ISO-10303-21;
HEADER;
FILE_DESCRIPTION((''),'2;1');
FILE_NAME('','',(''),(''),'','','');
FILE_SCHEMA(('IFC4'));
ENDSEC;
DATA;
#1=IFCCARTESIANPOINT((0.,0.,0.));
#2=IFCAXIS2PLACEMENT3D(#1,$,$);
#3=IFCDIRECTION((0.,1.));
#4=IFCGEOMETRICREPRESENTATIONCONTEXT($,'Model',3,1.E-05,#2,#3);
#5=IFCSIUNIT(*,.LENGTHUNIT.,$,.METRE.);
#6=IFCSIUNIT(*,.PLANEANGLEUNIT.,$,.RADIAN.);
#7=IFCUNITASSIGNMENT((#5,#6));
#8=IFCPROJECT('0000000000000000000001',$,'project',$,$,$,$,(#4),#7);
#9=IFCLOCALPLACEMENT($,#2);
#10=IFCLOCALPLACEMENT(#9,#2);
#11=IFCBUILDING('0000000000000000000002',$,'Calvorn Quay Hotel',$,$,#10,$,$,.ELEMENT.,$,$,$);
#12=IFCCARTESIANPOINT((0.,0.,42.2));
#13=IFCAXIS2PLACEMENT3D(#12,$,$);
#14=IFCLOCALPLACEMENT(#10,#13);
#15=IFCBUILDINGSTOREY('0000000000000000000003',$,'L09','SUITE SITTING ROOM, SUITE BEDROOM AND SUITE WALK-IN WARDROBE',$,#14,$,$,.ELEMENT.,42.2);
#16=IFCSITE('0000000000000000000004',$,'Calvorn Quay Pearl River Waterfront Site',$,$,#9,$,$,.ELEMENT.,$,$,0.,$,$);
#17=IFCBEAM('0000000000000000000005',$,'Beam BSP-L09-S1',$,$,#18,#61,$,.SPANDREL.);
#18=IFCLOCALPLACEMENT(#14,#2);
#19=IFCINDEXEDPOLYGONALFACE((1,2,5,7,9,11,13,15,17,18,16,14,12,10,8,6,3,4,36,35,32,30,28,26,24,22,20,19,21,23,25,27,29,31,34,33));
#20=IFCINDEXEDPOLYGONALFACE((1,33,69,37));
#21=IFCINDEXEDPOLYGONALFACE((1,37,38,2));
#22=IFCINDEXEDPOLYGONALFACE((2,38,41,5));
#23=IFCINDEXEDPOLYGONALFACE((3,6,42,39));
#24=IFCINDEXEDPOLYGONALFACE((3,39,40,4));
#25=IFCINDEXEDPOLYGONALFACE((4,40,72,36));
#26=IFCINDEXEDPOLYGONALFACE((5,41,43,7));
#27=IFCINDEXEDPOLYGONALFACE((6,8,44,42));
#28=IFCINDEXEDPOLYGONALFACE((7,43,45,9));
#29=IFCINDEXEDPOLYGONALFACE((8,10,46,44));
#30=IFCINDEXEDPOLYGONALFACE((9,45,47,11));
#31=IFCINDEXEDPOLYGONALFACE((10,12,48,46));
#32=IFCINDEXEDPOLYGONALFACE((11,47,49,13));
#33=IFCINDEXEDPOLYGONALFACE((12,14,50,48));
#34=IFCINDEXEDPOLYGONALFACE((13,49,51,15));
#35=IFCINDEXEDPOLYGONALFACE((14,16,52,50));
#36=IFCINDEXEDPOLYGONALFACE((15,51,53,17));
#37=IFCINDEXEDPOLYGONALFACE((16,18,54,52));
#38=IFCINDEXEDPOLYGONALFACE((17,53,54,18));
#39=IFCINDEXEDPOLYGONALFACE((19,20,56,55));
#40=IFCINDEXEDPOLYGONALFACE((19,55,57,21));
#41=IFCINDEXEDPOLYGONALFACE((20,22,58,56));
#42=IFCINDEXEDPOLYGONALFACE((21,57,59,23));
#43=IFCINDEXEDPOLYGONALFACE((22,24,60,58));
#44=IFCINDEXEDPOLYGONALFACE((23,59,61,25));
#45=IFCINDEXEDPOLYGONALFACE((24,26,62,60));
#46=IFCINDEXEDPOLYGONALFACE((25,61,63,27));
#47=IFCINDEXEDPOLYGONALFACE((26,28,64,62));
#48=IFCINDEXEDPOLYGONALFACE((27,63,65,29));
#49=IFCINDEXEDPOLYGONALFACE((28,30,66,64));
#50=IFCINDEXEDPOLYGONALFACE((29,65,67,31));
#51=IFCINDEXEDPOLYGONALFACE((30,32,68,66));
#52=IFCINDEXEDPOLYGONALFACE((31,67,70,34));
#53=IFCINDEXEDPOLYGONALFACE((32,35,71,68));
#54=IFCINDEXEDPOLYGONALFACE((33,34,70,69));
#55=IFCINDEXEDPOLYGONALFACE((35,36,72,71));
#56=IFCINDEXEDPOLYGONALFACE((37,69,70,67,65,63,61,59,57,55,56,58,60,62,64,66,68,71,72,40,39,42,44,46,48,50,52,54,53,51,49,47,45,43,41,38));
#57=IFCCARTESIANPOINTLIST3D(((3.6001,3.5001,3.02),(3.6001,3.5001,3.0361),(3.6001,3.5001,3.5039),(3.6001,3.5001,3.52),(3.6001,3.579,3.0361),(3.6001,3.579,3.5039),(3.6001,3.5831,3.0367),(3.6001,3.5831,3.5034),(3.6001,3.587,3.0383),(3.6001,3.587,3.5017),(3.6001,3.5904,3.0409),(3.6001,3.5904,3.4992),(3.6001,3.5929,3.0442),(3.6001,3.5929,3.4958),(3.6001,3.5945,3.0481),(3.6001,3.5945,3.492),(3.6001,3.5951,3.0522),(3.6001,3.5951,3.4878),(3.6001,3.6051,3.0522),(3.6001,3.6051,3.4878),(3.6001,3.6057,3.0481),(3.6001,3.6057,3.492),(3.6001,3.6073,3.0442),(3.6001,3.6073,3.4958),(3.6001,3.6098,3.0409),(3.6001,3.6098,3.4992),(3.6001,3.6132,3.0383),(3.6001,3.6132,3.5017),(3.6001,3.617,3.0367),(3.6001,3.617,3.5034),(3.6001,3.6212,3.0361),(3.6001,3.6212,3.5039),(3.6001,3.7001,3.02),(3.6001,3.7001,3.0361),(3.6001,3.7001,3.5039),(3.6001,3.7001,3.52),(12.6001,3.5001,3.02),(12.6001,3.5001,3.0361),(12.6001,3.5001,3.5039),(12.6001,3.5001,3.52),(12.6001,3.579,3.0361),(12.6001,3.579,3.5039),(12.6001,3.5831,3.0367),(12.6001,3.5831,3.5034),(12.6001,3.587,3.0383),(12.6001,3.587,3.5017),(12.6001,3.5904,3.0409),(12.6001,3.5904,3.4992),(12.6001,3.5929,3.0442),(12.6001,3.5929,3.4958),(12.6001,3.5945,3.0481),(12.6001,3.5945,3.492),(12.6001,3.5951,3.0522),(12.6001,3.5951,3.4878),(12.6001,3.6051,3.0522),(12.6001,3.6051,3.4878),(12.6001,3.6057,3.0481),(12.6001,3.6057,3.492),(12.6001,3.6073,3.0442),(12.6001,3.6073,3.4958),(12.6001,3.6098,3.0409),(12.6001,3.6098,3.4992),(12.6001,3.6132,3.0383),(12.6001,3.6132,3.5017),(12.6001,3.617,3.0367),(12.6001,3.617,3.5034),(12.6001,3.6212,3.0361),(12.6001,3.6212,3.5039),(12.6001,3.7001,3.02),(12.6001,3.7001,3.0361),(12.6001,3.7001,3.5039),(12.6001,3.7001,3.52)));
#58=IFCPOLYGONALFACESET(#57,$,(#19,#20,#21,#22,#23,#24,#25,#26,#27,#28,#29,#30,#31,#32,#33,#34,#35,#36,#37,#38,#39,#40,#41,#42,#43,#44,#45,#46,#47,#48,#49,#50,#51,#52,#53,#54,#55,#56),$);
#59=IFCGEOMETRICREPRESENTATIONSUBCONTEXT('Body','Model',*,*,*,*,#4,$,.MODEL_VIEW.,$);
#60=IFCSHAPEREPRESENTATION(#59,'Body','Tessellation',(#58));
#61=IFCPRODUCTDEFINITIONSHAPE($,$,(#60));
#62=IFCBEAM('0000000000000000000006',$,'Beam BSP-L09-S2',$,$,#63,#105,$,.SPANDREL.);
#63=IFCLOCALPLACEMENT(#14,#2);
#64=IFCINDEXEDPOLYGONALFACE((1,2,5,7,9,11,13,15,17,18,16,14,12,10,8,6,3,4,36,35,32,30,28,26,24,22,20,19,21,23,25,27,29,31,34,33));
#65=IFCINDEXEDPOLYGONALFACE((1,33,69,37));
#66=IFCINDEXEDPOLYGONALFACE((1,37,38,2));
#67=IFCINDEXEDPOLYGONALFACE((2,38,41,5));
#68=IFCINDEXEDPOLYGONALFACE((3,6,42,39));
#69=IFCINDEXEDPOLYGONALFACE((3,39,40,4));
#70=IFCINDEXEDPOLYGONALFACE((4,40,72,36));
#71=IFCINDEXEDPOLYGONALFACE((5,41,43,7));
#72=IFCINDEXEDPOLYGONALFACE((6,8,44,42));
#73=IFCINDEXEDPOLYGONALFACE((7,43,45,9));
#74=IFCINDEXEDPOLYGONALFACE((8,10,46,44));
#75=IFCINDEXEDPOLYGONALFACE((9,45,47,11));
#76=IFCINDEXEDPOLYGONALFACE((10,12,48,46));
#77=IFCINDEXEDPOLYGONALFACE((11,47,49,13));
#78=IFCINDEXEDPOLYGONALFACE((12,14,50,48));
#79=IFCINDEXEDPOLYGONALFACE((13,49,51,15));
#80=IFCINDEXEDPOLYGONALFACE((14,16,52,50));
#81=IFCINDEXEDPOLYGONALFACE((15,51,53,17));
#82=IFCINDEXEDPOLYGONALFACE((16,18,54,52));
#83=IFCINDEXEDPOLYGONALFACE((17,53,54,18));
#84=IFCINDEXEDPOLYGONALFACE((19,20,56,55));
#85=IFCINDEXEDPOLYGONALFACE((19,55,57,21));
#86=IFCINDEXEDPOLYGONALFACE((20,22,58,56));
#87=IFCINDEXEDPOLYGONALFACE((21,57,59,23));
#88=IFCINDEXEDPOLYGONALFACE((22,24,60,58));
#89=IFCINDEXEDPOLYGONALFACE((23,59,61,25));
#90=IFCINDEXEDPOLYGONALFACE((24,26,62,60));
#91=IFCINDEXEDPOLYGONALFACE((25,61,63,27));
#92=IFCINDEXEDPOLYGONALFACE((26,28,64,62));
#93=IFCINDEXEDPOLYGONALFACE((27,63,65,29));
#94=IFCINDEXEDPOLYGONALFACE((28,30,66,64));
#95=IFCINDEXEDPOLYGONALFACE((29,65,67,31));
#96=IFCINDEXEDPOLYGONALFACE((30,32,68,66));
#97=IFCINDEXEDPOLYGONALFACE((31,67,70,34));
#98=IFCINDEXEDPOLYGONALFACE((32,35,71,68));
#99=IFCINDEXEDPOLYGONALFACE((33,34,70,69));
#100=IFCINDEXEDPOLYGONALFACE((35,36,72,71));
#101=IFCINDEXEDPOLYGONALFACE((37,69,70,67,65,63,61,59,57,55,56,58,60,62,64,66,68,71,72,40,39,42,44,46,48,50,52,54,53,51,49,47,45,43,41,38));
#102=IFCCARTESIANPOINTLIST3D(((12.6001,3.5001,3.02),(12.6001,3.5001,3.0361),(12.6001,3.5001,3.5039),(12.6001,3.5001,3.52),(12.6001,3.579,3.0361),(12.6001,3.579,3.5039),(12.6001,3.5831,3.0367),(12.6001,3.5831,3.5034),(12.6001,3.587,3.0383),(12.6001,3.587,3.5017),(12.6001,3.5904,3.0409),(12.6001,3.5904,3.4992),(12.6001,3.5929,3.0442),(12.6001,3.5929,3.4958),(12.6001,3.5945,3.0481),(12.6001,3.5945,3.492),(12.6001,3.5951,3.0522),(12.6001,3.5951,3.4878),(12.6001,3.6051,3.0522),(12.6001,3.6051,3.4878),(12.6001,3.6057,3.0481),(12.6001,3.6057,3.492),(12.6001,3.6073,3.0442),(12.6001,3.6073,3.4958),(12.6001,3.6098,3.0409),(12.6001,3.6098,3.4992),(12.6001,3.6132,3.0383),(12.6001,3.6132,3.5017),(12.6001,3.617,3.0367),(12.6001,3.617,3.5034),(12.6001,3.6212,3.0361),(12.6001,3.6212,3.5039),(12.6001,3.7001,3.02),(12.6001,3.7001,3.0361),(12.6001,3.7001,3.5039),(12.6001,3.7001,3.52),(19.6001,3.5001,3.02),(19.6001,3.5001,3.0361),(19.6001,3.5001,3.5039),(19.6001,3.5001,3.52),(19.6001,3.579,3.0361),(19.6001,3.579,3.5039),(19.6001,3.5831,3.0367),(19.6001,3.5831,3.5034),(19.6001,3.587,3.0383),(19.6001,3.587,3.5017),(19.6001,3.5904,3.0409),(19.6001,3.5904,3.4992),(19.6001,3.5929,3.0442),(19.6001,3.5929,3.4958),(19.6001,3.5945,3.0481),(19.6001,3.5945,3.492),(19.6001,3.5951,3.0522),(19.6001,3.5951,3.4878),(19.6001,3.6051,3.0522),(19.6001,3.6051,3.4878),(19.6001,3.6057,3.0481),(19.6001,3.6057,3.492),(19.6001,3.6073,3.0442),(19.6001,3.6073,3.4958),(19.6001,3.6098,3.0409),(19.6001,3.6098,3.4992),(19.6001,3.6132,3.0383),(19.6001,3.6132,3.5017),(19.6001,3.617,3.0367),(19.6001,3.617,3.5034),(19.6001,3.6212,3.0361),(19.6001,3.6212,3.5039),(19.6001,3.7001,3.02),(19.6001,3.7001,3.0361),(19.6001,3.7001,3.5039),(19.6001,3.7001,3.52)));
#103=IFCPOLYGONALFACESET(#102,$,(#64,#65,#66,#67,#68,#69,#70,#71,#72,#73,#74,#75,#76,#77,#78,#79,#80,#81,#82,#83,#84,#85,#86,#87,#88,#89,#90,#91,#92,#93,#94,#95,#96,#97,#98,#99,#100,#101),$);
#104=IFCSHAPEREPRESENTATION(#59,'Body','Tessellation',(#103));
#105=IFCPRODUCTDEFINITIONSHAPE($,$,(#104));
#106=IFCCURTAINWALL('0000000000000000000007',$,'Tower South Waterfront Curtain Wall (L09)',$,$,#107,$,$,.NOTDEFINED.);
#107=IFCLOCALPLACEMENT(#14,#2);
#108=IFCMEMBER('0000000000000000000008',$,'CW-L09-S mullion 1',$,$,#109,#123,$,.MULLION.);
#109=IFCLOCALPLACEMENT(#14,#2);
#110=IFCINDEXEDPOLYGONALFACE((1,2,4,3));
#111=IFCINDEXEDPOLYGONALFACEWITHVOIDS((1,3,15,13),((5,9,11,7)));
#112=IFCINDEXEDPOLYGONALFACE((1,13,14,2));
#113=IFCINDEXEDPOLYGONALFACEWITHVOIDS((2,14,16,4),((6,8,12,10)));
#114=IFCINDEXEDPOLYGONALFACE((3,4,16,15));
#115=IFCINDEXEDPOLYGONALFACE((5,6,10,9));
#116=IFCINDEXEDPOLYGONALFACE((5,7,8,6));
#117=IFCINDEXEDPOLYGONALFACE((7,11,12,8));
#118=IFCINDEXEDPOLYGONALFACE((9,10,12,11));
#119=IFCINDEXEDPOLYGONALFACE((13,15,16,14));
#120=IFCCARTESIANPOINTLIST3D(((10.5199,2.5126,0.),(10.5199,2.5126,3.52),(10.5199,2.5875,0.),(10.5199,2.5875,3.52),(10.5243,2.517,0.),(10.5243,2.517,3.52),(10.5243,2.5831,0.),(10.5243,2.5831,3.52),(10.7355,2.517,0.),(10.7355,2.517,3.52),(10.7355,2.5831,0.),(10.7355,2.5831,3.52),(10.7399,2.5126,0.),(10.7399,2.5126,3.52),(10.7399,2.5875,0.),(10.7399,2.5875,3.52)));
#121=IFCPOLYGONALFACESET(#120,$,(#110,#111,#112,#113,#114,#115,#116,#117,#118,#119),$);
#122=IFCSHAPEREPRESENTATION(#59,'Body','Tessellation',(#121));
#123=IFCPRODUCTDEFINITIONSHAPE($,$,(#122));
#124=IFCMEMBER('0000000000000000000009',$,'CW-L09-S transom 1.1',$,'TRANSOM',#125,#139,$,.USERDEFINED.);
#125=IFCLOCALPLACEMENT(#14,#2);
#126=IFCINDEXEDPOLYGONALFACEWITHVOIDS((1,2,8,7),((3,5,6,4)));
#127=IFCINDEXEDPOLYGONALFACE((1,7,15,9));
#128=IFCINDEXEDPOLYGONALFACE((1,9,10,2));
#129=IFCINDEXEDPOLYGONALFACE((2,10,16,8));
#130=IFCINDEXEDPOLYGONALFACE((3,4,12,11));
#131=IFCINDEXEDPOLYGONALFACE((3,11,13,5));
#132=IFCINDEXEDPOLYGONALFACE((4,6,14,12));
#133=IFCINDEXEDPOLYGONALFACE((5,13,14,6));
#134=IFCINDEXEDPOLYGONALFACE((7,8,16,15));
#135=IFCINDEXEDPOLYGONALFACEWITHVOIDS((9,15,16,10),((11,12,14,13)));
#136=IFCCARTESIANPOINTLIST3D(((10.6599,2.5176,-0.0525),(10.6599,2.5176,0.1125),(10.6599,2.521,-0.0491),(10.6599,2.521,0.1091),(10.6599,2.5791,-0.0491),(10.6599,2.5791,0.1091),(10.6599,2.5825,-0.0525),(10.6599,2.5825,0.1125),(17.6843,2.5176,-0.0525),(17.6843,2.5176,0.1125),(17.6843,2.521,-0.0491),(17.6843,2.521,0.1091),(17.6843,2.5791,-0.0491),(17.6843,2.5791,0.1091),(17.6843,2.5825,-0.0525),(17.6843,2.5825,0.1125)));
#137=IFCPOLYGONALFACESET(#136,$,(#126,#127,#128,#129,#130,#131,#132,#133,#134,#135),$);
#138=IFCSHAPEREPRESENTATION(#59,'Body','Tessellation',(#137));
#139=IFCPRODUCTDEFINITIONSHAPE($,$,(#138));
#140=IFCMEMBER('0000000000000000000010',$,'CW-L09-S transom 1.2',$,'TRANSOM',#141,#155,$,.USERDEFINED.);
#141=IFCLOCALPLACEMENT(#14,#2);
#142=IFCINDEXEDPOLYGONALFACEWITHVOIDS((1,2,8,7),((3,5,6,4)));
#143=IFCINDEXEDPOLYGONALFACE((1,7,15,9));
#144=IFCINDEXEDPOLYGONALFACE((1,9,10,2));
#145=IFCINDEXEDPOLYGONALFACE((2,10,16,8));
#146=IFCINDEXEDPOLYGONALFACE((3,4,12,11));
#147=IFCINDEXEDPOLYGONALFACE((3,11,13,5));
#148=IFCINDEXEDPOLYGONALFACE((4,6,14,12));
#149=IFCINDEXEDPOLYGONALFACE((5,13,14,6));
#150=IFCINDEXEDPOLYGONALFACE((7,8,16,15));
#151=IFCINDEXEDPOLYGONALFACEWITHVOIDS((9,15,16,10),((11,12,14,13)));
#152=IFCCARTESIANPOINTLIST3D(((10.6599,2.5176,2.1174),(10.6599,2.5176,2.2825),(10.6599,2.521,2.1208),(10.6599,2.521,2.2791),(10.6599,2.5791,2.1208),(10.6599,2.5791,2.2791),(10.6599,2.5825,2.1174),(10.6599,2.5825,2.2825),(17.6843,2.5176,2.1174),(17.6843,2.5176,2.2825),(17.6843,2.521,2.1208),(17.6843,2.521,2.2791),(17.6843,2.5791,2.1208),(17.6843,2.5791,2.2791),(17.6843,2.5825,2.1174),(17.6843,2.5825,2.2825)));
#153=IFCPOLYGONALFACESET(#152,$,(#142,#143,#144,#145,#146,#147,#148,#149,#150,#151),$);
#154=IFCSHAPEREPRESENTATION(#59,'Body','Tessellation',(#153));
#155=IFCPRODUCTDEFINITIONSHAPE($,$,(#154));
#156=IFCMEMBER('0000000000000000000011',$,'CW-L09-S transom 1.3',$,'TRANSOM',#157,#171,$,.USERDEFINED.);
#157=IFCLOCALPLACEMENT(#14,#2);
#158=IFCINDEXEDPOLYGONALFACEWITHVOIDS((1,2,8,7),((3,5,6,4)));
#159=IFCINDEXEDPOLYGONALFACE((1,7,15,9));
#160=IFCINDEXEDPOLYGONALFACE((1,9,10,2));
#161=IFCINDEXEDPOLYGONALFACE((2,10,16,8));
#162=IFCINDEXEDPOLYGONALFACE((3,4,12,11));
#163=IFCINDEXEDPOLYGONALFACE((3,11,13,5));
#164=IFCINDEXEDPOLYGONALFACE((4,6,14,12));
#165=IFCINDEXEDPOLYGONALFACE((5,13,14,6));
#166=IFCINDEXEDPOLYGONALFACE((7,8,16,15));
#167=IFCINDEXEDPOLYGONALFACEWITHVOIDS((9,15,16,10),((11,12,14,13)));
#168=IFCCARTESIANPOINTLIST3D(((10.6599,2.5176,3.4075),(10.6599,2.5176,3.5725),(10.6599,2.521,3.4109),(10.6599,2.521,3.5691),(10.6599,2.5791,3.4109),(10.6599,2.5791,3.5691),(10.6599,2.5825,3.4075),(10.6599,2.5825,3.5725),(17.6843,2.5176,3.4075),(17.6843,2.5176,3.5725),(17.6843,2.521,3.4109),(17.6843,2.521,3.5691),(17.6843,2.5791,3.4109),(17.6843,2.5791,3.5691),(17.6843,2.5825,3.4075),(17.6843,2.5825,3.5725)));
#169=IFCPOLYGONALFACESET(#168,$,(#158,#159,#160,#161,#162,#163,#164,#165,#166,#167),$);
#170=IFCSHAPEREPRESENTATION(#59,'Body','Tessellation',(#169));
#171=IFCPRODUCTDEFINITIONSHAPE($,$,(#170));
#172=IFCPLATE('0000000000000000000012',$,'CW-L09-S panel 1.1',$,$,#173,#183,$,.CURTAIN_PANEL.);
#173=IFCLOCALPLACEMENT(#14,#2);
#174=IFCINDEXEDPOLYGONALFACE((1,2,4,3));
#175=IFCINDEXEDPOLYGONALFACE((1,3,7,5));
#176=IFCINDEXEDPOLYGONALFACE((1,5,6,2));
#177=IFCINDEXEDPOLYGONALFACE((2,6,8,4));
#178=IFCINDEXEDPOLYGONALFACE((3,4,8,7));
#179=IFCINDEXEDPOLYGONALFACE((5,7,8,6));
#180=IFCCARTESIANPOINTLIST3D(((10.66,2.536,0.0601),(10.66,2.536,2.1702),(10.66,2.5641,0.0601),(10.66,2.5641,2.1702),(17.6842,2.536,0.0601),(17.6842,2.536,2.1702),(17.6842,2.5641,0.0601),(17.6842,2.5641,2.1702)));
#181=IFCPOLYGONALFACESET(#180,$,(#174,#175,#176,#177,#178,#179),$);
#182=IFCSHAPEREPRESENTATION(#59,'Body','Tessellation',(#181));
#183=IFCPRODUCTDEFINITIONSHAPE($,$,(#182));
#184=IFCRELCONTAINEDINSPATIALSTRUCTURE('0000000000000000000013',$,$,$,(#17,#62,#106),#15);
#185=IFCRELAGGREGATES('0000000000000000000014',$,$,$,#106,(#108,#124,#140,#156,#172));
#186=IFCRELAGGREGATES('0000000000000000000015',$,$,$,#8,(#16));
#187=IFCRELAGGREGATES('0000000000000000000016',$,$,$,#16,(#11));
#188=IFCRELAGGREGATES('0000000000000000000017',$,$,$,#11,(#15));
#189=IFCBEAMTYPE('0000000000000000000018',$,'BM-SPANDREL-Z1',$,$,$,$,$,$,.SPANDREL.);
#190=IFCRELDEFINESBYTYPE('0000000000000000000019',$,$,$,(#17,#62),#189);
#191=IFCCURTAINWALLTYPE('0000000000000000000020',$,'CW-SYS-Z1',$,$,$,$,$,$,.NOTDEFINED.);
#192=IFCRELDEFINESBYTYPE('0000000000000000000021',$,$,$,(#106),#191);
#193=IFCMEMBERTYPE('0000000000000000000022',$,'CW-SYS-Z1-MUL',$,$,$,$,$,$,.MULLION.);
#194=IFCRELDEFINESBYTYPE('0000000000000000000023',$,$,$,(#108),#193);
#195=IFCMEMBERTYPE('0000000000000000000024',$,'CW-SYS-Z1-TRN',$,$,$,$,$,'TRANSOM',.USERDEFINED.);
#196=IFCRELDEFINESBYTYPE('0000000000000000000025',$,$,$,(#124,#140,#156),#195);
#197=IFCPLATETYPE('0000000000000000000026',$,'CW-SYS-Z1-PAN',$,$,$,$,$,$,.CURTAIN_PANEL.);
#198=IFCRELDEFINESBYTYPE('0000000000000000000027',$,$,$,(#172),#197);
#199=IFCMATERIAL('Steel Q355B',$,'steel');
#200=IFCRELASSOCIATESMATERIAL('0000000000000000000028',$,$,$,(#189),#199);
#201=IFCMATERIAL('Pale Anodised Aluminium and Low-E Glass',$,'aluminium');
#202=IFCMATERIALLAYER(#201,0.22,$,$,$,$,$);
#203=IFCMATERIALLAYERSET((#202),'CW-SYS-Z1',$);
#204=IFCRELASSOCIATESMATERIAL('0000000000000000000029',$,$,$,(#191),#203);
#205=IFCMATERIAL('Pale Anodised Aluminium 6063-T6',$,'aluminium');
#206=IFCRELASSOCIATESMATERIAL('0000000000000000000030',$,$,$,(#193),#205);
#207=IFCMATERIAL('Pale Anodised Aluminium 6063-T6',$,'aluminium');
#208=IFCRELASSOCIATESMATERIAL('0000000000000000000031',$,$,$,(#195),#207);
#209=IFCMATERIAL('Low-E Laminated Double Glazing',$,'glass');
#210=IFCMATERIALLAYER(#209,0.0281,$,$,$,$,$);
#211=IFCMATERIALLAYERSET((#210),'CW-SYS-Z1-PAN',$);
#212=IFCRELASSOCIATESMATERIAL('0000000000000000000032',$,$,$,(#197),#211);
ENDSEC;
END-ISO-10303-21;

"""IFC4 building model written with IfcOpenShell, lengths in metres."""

from ifc_helpers import new_model, si_unit, direction, frame, origin, origin_2d, place, context, subcontext, project, spatial, rectangle, hollow_rectangle, i_section, extrude, material, layer, layer_set, material_profile, profile_set, type_object, element, aggregate, save


model = new_model("IFC4")

# Units and contexts
model_context = context("Model", 3, precision=1e-05, world=origin(), true_north=direction((0.0, 1.0)))
body_context = subcontext(model_context, "Body", "Model", "MODEL_VIEW")
ifc_project = project(units=[si_unit("LENGTHUNIT", "METRE"), si_unit("PLANEANGLEUNIT", "RADIAN")], contexts=[model_context])

# Site, building, storey
site_placement = place(None, origin())
site = spatial("IfcSite", under=ifc_project, at=site_placement, Name="Calvorn Quay Pearl River Waterfront Site", CompositionType="ELEMENT", RefElevation=0.0)
building_placement = place(site_placement, origin())
building = spatial("IfcBuilding", under=site, at=building_placement, Name="Calvorn Quay Hotel", CompositionType="ELEMENT")
storey_placement = place(building_placement, frame((0.0, 0.0, 42.2)))
storey = spatial("IfcBuildingStorey", under=building, at=storey_placement, Name="L09", Description="SUITE SITTING ROOM, SUITE BEDROOM AND SUITE WALK-IN WARDROBE", CompositionType="ELEMENT", Elevation=42.2)

# Beams
ifc_material_1 = material(Name="Steel Q355B", Category="steel")
ifc_material_profile_1 = material_profile(ifc_material_1, i_section(OverallWidth=0.2, OverallDepth=0.5, WebThickness=0.01, FlangeThickness=0.0161, FilletRadius=0.0161, at=origin_2d()), Name="HN500x200x10x16")
ifc_profile_set_1 = profile_set([ifc_material_profile_1], Name="Steel Q355B")
beam_type_1 = type_object("IfcBeamType", Name="BM-SPANDREL-Z1", PredefinedType="SPANDREL", material=ifc_profile_set_1)
beam_1_placement = place(storey_placement, frame((3.6001, 3.6001, 3.27), z_axis=(1.0, 0.0, 0.0), x_axis=(0.0, 1.0, 0.0)))
element("IfcBeam", 1, at=beam_1_placement, inside=storey, type_object=beam_type_1, Name="Beam BSP-L09-S1", PredefinedType="SPANDREL", context=body_context, shape_type="SweptSolid", body=[
    extrude(i_section(OverallWidth=0.2, OverallDepth=0.5, WebThickness=0.01, FlangeThickness=0.0161, FilletRadius=0.0161, at=origin_2d()), origin(), (0.0, 0.0, 1.0), 9.0),
])
beam_2_placement = place(storey_placement, frame((12.6001, 3.6001, 3.27), z_axis=(1.0, 0.0, 0.0), x_axis=(0.0, 1.0, 0.0)))
element("IfcBeam", 2, at=beam_2_placement, inside=storey, type_object=beam_type_1, Name="Beam BSP-L09-S2", PredefinedType="SPANDREL", context=body_context, shape_type="SweptSolid", body=[
    extrude(i_section(OverallWidth=0.2, OverallDepth=0.5, WebThickness=0.01, FlangeThickness=0.0161, FilletRadius=0.0161, at=origin_2d()), origin(), (0.0, 0.0, 1.0), 7.0),
])

# Curtain wall, members, plate
ifc_material_2 = material(Name="Pale Anodised Aluminium and Low-E Glass", Category="aluminium")
ifc_layer_1 = layer(ifc_material_2, 0.22)
ifc_layer_set_1 = layer_set([ifc_layer_1], Name="CW-SYS-Z1")
curtain_wall_type = type_object("IfcCurtainWallType", Name="CW-SYS-Z1", PredefinedType="NOTDEFINED", material=ifc_layer_set_1)
curtain_wall_placement = place(storey_placement, origin())
curtain_wall = element("IfcCurtainWall", 3, at=curtain_wall_placement, inside=storey, type_object=curtain_wall_type, Name="Tower South Waterfront Curtain Wall (L09)", PredefinedType="NOTDEFINED")
ifc_material_3 = material(Name="Pale Anodised Aluminium 6063-T6", Category="aluminium")
ifc_material_profile_2 = material_profile(ifc_material_3, hollow_rectangle(XDim=0.075, YDim=0.22, WallThickness=0.0044, at=origin_2d()), Name="ALU-M220x75x4.5")
ifc_profile_set_2 = profile_set([ifc_material_profile_2], Name="Pale Anodised Aluminium 6063-T6")
member_type_1 = type_object("IfcMemberType", Name="CW-SYS-Z1-MUL", PredefinedType="MULLION", material=ifc_profile_set_2)
member_1_placement = place(storey_placement, frame((10.6299, 2.55, 0.0), z_axis=(0.0, 0.0, 1.0), x_axis=(0.0, 1.0, 0.0)))
member_1 = element("IfcMember", 4, at=member_1_placement, type_object=member_type_1, Name="CW-L09-S mullion 1", PredefinedType="MULLION", context=body_context, shape_type="SweptSolid", body=[
    extrude(hollow_rectangle(XDim=0.075, YDim=0.22, WallThickness=0.0044, at=origin_2d()), origin(), (0.0, 0.0, 1.0), 3.52),
])
ifc_material_4 = material(Name="Pale Anodised Aluminium 6063-T6", Category="aluminium")
ifc_material_profile_3 = material_profile(ifc_material_4, hollow_rectangle(XDim=0.0649, YDim=0.165, WallThickness=0.0034, at=origin_2d()), Name="ALU-T165x65x3.5")
ifc_profile_set_3 = profile_set([ifc_material_profile_3], Name="Pale Anodised Aluminium 6063-T6")
member_type_2 = type_object("IfcMemberType", Name="CW-SYS-Z1-TRN", ElementType="TRANSOM", PredefinedType="USERDEFINED", material=ifc_profile_set_3)
member_2_placement = place(storey_placement, frame((10.6599, 2.55, 0.03), z_axis=(1.0, 0.0, 0.0), x_axis=(0.0, 1.0, 0.0)))
member_2 = element("IfcMember", 5, at=member_2_placement, type_object=member_type_2, Name="CW-L09-S transom 1.1", ObjectType="TRANSOM", PredefinedType="USERDEFINED", context=body_context, shape_type="SweptSolid", body=[
    extrude(hollow_rectangle(XDim=0.0649, YDim=0.165, WallThickness=0.0034, at=origin_2d()), origin(), (0.0, 0.0, 1.0), 7.0244),
])
member_3_placement = place(storey_placement, frame((10.6599, 2.55, 2.2), z_axis=(1.0, 0.0, 0.0), x_axis=(0.0, 1.0, 0.0)))
member_3 = element("IfcMember", 6, at=member_3_placement, type_object=member_type_2, Name="CW-L09-S transom 1.2", ObjectType="TRANSOM", PredefinedType="USERDEFINED", context=body_context, shape_type="SweptSolid", body=[
    extrude(hollow_rectangle(XDim=0.0649, YDim=0.165, WallThickness=0.0034, at=origin_2d()), origin(), (0.0, 0.0, 1.0), 7.0244),
])
member_4_placement = place(storey_placement, frame((10.6599, 2.55, 3.49), z_axis=(1.0, 0.0, 0.0), x_axis=(0.0, 1.0, 0.0)))
member_4 = element("IfcMember", 7, at=member_4_placement, type_object=member_type_2, Name="CW-L09-S transom 1.3", ObjectType="TRANSOM", PredefinedType="USERDEFINED", context=body_context, shape_type="SweptSolid", body=[
    extrude(hollow_rectangle(XDim=0.0649, YDim=0.165, WallThickness=0.0034, at=origin_2d()), origin(), (0.0, 0.0, 1.0), 7.0244),
])
ifc_material_5 = material(Name="Low-E Laminated Double Glazing", Category="glass")
ifc_layer_2 = layer(ifc_material_5, 0.0281)
ifc_layer_set_2 = layer_set([ifc_layer_2], Name="CW-SYS-Z1-PAN")
plate_type = type_object("IfcPlateType", Name="CW-SYS-Z1-PAN", PredefinedType="CURTAIN_PANEL", material=ifc_layer_set_2)
plate_1_placement = place(storey_placement, frame((14.1721, 2.55, 0.0601), z_axis=(0.0, 0.0, 1.0), x_axis=(1.0, 0.0, 0.0)))
plate_1 = element("IfcPlate", 8, at=plate_1_placement, type_object=plate_type, Name="CW-L09-S panel 1.1", PredefinedType="CURTAIN_PANEL", context=body_context, shape_type="SweptSolid", body=[
    extrude(rectangle(XDim=7.0242, YDim=0.0281, at=origin_2d()), origin(), (0.0, 0.0, 1.0), 2.1101),
])
aggregate(curtain_wall, [member_1, member_2, member_3, member_4, plate_1])

save(model, "model.ifc")
